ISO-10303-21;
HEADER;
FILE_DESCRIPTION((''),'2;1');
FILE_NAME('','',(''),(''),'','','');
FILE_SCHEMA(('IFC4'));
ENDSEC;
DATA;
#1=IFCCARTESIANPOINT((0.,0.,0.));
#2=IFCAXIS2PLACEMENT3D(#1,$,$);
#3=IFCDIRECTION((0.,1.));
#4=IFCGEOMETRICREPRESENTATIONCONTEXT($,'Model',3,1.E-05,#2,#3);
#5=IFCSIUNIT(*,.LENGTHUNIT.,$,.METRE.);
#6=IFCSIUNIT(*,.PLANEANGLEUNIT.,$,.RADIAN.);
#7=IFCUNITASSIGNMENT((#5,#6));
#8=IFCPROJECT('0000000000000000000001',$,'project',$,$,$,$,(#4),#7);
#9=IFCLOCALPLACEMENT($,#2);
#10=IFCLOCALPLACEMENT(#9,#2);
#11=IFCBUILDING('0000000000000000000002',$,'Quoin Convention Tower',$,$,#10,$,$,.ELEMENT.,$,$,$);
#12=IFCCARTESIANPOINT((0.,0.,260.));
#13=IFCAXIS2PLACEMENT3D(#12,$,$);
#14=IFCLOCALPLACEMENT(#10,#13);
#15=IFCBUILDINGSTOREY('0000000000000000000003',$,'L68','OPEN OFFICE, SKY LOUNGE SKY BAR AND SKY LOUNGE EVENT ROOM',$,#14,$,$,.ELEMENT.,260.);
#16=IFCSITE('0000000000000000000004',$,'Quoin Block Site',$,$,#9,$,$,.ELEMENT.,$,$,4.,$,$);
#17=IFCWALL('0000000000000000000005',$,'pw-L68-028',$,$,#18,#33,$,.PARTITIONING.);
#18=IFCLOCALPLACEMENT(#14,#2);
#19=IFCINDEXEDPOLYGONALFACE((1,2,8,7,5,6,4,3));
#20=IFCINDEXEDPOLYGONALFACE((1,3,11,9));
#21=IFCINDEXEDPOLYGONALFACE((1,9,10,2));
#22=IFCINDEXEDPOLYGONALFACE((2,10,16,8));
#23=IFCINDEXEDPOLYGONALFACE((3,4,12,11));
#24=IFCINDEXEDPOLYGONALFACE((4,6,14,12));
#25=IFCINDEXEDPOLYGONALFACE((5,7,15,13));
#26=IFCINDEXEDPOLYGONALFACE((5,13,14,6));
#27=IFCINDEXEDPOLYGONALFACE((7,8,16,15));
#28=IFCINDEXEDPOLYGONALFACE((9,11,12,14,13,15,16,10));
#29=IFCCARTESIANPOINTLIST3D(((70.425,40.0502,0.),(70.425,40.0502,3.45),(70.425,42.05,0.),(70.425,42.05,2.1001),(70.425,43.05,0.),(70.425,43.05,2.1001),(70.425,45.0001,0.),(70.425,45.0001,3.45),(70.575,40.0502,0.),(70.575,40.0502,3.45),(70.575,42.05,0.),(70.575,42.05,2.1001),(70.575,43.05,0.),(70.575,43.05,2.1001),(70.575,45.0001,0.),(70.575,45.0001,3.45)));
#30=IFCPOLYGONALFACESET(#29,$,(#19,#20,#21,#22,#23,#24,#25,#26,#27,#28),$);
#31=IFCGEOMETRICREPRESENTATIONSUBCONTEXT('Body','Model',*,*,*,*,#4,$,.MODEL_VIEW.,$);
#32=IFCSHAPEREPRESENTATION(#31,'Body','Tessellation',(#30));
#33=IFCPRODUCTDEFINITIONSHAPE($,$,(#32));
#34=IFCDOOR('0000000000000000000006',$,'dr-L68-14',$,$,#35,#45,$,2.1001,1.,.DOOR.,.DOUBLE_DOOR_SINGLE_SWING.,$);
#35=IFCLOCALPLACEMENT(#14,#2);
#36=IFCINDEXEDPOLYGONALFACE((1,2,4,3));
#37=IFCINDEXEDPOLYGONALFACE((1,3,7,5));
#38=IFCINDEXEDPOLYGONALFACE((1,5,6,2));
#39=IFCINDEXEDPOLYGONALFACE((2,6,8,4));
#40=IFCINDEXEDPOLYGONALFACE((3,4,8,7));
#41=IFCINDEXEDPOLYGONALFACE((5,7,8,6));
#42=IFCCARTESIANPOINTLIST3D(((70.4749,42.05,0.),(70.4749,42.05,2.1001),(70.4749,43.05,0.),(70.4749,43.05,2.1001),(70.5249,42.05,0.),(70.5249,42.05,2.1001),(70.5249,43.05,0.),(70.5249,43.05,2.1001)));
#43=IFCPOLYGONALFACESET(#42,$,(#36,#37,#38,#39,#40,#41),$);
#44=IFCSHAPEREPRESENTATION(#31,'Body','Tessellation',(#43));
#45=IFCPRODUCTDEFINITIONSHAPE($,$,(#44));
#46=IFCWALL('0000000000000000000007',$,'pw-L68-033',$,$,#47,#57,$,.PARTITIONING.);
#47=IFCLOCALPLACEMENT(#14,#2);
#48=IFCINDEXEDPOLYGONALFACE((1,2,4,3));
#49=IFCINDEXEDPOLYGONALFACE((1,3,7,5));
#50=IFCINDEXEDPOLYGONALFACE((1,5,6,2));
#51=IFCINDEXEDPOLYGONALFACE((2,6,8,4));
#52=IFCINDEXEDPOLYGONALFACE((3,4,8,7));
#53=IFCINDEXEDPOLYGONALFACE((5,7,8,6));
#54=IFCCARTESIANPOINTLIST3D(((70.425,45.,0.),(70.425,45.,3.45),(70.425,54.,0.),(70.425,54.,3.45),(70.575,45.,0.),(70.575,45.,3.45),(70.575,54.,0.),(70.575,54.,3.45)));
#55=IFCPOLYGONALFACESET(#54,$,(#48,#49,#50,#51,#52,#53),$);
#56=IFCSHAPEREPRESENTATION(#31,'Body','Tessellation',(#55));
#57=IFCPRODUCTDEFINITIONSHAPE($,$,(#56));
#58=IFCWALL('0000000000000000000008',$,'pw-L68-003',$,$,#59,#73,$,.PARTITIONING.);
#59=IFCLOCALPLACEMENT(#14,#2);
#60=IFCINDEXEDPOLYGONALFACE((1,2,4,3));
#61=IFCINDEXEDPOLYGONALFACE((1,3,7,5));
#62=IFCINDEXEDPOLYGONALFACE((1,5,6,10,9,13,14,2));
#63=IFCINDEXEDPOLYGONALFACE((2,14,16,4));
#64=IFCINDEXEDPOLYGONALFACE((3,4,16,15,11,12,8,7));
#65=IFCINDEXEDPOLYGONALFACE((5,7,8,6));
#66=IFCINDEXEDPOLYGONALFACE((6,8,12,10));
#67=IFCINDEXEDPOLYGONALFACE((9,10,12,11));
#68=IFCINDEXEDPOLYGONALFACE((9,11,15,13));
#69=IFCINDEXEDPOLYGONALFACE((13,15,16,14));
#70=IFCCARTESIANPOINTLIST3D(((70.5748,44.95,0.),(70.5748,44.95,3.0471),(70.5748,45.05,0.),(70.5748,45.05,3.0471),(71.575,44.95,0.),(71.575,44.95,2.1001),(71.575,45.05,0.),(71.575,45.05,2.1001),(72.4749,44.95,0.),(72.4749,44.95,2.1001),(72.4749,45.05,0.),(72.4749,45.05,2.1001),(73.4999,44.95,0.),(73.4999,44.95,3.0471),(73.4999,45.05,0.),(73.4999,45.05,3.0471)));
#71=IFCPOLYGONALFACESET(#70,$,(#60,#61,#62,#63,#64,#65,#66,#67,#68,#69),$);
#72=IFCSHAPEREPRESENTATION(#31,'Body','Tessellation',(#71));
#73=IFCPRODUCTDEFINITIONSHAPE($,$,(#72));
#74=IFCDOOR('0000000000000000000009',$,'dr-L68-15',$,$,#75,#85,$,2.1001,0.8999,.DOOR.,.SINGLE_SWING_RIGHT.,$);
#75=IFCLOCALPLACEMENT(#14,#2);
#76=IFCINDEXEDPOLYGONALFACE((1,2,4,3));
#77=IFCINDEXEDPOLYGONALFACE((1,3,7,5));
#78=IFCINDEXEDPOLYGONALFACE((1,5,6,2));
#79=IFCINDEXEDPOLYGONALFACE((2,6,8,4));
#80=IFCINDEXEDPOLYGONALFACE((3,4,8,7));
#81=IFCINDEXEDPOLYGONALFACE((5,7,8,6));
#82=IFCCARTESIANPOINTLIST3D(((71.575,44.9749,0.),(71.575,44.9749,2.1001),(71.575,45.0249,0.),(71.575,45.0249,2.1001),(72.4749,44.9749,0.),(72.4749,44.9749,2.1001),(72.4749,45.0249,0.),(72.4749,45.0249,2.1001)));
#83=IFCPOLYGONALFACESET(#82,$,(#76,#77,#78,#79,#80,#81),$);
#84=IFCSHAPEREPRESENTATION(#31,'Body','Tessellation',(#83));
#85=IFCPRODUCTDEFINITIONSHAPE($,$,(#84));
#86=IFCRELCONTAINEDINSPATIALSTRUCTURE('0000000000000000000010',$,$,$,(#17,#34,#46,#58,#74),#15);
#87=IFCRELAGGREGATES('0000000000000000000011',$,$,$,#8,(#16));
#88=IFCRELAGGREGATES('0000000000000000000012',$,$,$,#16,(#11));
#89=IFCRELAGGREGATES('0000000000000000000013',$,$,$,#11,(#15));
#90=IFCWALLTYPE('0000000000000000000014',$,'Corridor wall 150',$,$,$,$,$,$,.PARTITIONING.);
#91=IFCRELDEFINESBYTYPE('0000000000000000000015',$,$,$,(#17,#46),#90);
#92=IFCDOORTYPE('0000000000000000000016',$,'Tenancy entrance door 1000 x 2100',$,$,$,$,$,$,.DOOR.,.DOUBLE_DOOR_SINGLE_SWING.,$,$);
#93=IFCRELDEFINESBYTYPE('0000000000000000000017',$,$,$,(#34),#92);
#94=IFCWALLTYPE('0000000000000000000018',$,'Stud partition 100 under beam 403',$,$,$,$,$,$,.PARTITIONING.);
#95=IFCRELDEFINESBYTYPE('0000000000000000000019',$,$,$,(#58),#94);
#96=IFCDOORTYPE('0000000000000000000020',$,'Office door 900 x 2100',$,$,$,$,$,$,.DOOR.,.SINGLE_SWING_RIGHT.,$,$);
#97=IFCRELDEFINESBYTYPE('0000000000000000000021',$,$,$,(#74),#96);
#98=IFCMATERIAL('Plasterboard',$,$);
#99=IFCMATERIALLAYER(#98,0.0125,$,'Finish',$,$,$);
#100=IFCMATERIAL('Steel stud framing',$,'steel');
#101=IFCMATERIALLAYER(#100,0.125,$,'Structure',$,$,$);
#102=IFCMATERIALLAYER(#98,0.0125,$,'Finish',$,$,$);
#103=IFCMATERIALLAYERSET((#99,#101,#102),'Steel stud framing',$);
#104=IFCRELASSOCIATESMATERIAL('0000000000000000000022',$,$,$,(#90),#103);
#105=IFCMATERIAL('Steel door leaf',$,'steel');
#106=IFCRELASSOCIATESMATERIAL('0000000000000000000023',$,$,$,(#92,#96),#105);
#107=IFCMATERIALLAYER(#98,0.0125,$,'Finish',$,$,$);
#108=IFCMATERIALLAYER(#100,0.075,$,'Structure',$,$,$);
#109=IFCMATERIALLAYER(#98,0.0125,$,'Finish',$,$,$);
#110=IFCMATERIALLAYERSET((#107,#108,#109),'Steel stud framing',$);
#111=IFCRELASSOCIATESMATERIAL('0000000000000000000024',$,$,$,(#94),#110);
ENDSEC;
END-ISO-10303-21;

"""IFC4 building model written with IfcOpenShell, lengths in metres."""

from ifc_helpers import new_model, si_unit, direction, frame, frame_2d, origin, place, context, subcontext, project, spatial, rectangle, extrude, material, layer, layer_set, type_object, element, fill, save


model = new_model("IFC4")

# Units and contexts
model_context = context("Model", 3, precision=1e-05, world=origin(), true_north=direction((0.0, 1.0)))
body_context = subcontext(model_context, "Body", "Model", "MODEL_VIEW")
ifc_project = project(units=[si_unit("LENGTHUNIT", "METRE"), si_unit("PLANEANGLEUNIT", "RADIAN")], contexts=[model_context])

# Site, building, storey
site_placement = place(None, origin())
site = spatial("IfcSite", under=ifc_project, at=site_placement, Name="Quoin Block Site", CompositionType="ELEMENT", RefElevation=4.0)
building_placement = place(site_placement, origin())
building = spatial("IfcBuilding", under=site, at=building_placement, Name="Quoin Convention Tower", CompositionType="ELEMENT")
storey_placement = place(building_placement, frame((0.0, 0.0, 260.0)))
storey = spatial("IfcBuildingStorey", under=building, at=storey_placement, Name="L68", Description="OPEN OFFICE, SKY LOUNGE SKY BAR AND SKY LOUNGE EVENT ROOM", CompositionType="ELEMENT", Elevation=260.0)

# Wall, opening, door
ifc_material_1 = material(Name="Plasterboard")
ifc_layer_1 = layer(ifc_material_1, 0.0125, Name="Finish")
ifc_material_2 = material(Name="Steel stud framing", Category="steel")
ifc_layer_2 = layer(ifc_material_2, 0.125, Name="Structure")
ifc_layer_3 = layer(ifc_material_1, 0.0125, Name="Finish")
ifc_layer_set_1 = layer_set([ifc_layer_1, ifc_layer_2, ifc_layer_3], Name="Steel stud framing")
wall_type_1 = type_object("IfcWallType", Name="Corridor wall 150", PredefinedType="PARTITIONING", material=ifc_layer_set_1)
wall_1_placement = place(storey_placement, frame((70.5, 40.05, 0.0), z_axis=(0.0, 0.0, 1.0), x_axis=(0.0, 1.0, 0.0)))
wall_1 = element("IfcWall", 1, at=wall_1_placement, inside=storey, type_object=wall_type_1, Name="pw-L68-028", PredefinedType="PARTITIONING", context=body_context, shape_type="SweptSolid", body=[
    extrude(rectangle(XDim=4.95, YDim=0.1499, at=frame_2d((2.4751, 0.0))), origin(), (0.0, 0.0, 1.0), 3.45),
])
opening_1_placement = place(wall_1_placement, frame((2.0, 0.0, 0.0)))
opening_1 = element("IfcOpeningElement", 2, at=opening_1_placement, cuts=wall_1, PredefinedType="OPENING", context=body_context, shape_type="SweptSolid", body=[
    extrude(rectangle(XDim=1.0, YDim=2.1001, at=frame_2d((0.5, 1.05))), frame((0.0, 0.085, 0.0), z_axis=(0.0, -1.0, 0.0), x_axis=(1.0, 0.0, 0.0)), (0.0, 0.0, 1.0), 0.1699),
])
ifc_material_3 = material(Name="Steel door leaf", Category="steel")
door_type_1 = type_object("IfcDoorType", Name="Tenancy entrance door 1000 x 2100", OperationType="DOUBLE_DOOR_SINGLE_SWING", PredefinedType="DOOR", material=ifc_material_3)
door_1_placement = place(opening_1_placement, frame((1.0, 0.0, 0.0), z_axis=(0.0, 0.0, 1.0), x_axis=(-1.0, 0.0, 0.0)))
door_1 = element("IfcDoor", 3, at=door_1_placement, inside=storey, type_object=door_type_1, Name="dr-L68-14", OperationType="DOUBLE_DOOR_SINGLE_SWING", OverallHeight=2.1001, OverallWidth=1.0, PredefinedType="DOOR", context=body_context, shape_type="SweptSolid", body=[
    extrude(rectangle(XDim=1.0, YDim=2.1001, at=frame_2d((0.5, 1.05))), frame((0.0, 0.0249, 0.0), z_axis=(0.0, -1.0, 0.0), x_axis=(1.0, 0.0, 0.0)), (0.0, 0.0, 1.0), 0.05),
])
fill(opening_1, door_1)

# Wall
wall_2_placement = place(storey_placement, frame((70.5, 45.0, 0.0), z_axis=(0.0, 0.0, 1.0), x_axis=(0.0, 1.0, 0.0)))
element("IfcWall", 4, at=wall_2_placement, inside=storey, type_object=wall_type_1, Name="pw-L68-033", PredefinedType="PARTITIONING", context=body_context, shape_type="SweptSolid", body=[
    extrude(rectangle(XDim=9.0, YDim=0.1499, at=frame_2d((4.5, 0.0))), origin(), (0.0, 0.0, 1.0), 3.45),
])

# Wall, opening, door
ifc_layer_4 = layer(ifc_material_1, 0.0125, Name="Finish")
ifc_layer_5 = layer(ifc_material_2, 0.075, Name="Structure")
ifc_layer_6 = layer(ifc_material_1, 0.0125, Name="Finish")
ifc_layer_set_2 = layer_set([ifc_layer_4, ifc_layer_5, ifc_layer_6], Name="Steel stud framing")
wall_type_2 = type_object("IfcWallType", Name="Stud partition 100 under beam 403", PredefinedType="PARTITIONING", material=ifc_layer_set_2)
wall_3_placement = place(storey_placement, frame((70.575, 45.0, 0.0), z_axis=(0.0, 0.0, 1.0), x_axis=(1.0, 0.0, 0.0)))
wall_3 = element("IfcWall", 5, at=wall_3_placement, inside=storey, type_object=wall_type_2, Name="pw-L68-003", PredefinedType="PARTITIONING", context=body_context, shape_type="SweptSolid", body=[
    extrude(rectangle(XDim=2.925, YDim=0.1001, at=frame_2d((1.4624, 0.0))), origin(), (0.0, 0.0, 1.0), 3.0471),
])
opening_2_placement = place(wall_3_placement, frame((1.0, 0.0, 0.0)))
opening_2 = element("IfcOpeningElement", 6, at=opening_2_placement, cuts=wall_3, PredefinedType="OPENING", context=body_context, shape_type="SweptSolid", body=[
    extrude(rectangle(XDim=0.8999, YDim=2.1001, at=frame_2d((0.45, 1.05))), frame((0.0, 0.0601, 0.0), z_axis=(0.0, -1.0, 0.0), x_axis=(1.0, 0.0, 0.0)), (0.0, 0.0, 1.0), 0.1201),
])
door_type_2 = type_object("IfcDoorType", Name="Office door 900 x 2100", OperationType="SINGLE_SWING_RIGHT", PredefinedType="DOOR", material=ifc_material_3)
door_2_placement = place(opening_2_placement, origin())
door_2 = element("IfcDoor", 7, at=door_2_placement, inside=storey, type_object=door_type_2, Name="dr-L68-15", OperationType="SINGLE_SWING_RIGHT", OverallHeight=2.1001, OverallWidth=0.8999, PredefinedType="DOOR", context=body_context, shape_type="SweptSolid", body=[
    extrude(rectangle(XDim=0.8999, YDim=2.1001, at=frame_2d((0.45, 1.05))), frame((0.0, 0.0249, 0.0), z_axis=(0.0, -1.0, 0.0), x_axis=(1.0, 0.0, 0.0)), (0.0, 0.0, 1.0), 0.05),
])
fill(opening_2, door_2)

save(model, "model.ifc")
